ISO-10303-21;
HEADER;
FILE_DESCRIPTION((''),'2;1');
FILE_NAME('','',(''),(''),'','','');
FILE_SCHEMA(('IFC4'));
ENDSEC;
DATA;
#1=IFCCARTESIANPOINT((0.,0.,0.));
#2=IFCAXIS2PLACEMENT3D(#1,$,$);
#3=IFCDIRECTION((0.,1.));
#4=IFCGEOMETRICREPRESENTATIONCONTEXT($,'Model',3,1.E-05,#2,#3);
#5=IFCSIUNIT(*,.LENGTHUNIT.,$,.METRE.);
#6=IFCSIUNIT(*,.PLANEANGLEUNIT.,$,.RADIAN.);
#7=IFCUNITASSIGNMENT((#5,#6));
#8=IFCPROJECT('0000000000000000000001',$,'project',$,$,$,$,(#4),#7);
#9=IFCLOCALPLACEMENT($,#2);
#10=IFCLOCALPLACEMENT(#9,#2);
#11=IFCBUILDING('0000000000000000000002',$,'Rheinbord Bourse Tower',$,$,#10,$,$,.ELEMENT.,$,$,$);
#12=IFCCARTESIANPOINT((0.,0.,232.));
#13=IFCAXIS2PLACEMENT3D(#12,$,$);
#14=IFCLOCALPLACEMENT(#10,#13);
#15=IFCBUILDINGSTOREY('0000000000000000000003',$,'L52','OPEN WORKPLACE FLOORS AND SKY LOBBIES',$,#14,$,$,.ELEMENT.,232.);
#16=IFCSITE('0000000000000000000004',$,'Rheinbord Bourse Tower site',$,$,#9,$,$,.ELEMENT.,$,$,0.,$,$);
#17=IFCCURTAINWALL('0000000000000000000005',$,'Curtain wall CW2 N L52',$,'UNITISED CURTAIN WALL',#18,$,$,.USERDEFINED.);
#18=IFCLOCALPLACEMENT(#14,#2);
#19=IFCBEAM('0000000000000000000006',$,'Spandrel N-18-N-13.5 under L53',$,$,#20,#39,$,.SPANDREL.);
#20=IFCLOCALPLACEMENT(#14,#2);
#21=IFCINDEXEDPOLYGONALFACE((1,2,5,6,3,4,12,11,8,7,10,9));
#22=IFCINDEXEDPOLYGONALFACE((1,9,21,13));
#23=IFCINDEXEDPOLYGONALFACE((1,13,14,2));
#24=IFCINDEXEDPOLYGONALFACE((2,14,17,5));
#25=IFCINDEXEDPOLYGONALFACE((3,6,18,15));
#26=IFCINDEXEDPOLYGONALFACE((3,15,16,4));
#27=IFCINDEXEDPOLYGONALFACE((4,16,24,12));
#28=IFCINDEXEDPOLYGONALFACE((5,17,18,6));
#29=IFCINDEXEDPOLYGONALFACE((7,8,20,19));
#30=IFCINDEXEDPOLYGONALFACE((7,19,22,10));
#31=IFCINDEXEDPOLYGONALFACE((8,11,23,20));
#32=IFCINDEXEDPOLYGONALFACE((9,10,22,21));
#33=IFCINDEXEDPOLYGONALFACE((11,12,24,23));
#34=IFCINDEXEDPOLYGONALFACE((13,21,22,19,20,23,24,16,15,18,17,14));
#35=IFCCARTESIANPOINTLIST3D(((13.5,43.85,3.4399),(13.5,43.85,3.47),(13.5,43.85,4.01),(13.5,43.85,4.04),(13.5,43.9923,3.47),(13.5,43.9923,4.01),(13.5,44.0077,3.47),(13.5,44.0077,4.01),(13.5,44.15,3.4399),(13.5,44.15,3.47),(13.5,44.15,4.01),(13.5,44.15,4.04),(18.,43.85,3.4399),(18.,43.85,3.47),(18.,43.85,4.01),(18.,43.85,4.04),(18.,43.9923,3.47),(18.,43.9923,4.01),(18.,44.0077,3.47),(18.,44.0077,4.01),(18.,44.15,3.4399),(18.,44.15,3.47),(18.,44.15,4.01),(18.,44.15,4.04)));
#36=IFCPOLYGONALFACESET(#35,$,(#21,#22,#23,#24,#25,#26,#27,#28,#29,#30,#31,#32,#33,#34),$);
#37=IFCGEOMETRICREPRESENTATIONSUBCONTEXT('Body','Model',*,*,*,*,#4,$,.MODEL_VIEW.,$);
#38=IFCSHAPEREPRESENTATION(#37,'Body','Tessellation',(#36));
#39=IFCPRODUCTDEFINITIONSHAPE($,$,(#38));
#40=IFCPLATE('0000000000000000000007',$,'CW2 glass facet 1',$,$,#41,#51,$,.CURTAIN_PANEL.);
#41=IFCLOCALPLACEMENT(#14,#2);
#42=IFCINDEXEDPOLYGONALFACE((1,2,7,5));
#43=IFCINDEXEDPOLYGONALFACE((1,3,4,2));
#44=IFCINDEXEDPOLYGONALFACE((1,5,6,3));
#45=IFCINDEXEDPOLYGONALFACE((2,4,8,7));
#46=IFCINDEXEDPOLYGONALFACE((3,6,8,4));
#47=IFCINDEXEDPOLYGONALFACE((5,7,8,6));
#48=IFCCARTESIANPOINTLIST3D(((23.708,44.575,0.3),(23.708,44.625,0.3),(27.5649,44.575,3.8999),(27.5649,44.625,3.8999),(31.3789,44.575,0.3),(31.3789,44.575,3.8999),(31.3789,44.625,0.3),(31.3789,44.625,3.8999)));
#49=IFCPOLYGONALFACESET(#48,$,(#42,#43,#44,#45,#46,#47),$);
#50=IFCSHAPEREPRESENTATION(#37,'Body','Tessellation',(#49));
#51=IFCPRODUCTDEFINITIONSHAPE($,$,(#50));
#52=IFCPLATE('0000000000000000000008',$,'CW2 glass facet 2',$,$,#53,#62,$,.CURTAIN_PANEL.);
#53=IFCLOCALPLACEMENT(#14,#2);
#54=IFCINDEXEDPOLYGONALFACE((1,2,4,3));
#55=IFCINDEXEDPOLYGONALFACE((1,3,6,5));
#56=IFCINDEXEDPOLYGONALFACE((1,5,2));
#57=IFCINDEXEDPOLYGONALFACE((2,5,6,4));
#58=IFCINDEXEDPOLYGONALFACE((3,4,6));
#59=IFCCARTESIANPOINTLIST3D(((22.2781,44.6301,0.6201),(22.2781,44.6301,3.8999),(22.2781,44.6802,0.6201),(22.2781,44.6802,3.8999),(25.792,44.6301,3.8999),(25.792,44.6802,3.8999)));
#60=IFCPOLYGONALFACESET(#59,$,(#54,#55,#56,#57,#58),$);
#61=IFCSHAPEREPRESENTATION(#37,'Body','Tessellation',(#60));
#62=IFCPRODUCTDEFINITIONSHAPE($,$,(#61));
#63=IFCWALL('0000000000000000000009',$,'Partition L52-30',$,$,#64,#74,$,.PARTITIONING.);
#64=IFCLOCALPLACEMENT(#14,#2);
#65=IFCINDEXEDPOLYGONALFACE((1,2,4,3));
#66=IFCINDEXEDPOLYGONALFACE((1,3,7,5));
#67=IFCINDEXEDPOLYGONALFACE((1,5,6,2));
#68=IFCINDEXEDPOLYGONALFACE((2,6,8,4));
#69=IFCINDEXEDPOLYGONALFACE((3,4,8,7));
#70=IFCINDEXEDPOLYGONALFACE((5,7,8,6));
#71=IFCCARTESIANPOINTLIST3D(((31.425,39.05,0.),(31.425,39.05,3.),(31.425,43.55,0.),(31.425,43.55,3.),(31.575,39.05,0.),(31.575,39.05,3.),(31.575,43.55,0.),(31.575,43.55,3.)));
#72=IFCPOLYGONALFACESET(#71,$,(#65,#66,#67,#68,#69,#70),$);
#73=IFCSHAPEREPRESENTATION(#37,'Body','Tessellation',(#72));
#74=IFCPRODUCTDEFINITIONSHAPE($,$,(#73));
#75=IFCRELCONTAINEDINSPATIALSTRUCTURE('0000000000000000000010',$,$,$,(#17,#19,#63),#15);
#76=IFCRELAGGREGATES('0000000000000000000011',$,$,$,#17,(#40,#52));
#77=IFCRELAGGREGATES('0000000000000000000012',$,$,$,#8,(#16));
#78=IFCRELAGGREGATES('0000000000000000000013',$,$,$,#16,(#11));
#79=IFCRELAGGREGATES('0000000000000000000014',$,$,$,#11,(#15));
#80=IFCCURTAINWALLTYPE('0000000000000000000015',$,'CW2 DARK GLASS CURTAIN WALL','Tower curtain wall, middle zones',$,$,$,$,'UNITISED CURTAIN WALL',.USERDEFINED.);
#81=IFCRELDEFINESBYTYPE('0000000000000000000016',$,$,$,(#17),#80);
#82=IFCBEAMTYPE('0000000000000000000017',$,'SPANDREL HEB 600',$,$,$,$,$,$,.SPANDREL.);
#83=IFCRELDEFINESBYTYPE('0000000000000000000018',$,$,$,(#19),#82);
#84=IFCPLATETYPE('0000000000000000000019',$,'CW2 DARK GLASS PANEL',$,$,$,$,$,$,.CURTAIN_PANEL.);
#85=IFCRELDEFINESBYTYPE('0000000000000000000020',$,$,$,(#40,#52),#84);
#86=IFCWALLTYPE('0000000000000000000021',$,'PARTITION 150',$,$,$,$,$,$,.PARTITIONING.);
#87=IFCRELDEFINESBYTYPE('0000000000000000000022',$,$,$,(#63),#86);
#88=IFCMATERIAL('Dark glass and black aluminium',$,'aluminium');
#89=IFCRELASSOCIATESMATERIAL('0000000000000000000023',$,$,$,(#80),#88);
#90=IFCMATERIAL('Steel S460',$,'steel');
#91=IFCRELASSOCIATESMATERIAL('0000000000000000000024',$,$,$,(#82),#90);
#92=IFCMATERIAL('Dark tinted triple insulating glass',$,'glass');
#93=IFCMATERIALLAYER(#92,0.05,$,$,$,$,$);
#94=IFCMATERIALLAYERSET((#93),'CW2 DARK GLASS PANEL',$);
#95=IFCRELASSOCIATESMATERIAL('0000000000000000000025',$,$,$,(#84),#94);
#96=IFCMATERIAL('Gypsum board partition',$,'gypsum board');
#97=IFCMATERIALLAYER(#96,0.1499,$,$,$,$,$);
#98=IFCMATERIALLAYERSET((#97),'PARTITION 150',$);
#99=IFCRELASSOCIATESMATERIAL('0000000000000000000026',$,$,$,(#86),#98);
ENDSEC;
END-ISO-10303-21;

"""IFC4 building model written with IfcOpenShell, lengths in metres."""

from ifc_helpers import new_model, si_unit, direction, frame, frame_2d, origin, origin_2d, place, context, subcontext, project, spatial, polyline, rectangle, i_section, outline, extrude, material, layer, layer_set, material_profile, profile_set, type_object, element, aggregate, save


model = new_model("IFC4")

# Units and contexts
model_context = context("Model", 3, precision=1e-05, world=origin(), true_north=direction((0.0, 1.0)))
body_context = subcontext(model_context, "Body", "Model", "MODEL_VIEW")
ifc_project = project(units=[si_unit("LENGTHUNIT", "METRE"), si_unit("PLANEANGLEUNIT", "RADIAN")], contexts=[model_context])

# Site, building, storey
site_placement = place(None, origin())
site = spatial("IfcSite", under=ifc_project, at=site_placement, Name="Rheinbord Bourse Tower site", CompositionType="ELEMENT", RefElevation=0.0)
building_placement = place(site_placement, origin())
building = spatial("IfcBuilding", under=site, at=building_placement, Name="Rheinbord Bourse Tower", CompositionType="ELEMENT")
storey_placement = place(building_placement, frame((0.0, 0.0, 232.0)))
storey = spatial("IfcBuildingStorey", under=building, at=storey_placement, Name="L52", Description="OPEN WORKPLACE FLOORS AND SKY LOBBIES", CompositionType="ELEMENT", Elevation=232.0)

# Curtain wall
ifc_material_1 = material(Name="Dark glass and black aluminium", Category="aluminium")
curtain_wall_type = type_object("IfcCurtainWallType", Name="CW2 DARK GLASS CURTAIN WALL", Description="Tower curtain wall, middle zones", ElementType="UNITISED CURTAIN WALL", PredefinedType="USERDEFINED", material=ifc_material_1)
curtain_wall_placement = place(storey_placement, origin())
curtain_wall = element("IfcCurtainWall", 1, at=curtain_wall_placement, inside=storey, type_object=curtain_wall_type, Name="Curtain wall CW2 N L52", ObjectType="UNITISED CURTAIN WALL", PredefinedType="USERDEFINED")

# Beam
ifc_material_2 = material(Name="Steel S460", Category="steel")
ifc_material_profile_1 = material_profile(ifc_material_2, i_section(OverallWidth=0.3, OverallDepth=0.6001, WebThickness=0.0154, FlangeThickness=0.03, at=origin_2d()), Name="HEB 600")
ifc_profile_set_1 = profile_set([ifc_material_profile_1], Name="Steel S460")
beam_type_1 = type_object("IfcBeamType", Name="SPANDREL HEB 600", PredefinedType="SPANDREL", material=ifc_profile_set_1)
for number, where, z_axis, x_axis, name in (
    (2, (18.0, 44.0, 3.74), (-1.0, 0.0, 0.0), (0.0, -1.0, 0.0), "Spandrel N-18-N-13.5 under L53"),
):
    element("IfcBeam", number, at=place(storey_placement, frame(where, z_axis=z_axis, x_axis=x_axis)), inside=storey, type_object=beam_type_1, Name=name, PredefinedType="SPANDREL", context=body_context, shape_type="SweptSolid", body=[
        extrude(i_section(OverallWidth=0.3, OverallDepth=0.6001, WebThickness=0.0154, FlangeThickness=0.03, at=origin_2d()), origin(), (0.0, 0.0, 1.0), 4.5),
    ])

# Plates
ifc_material_3 = material(Name="Dark tinted triple insulating glass", Category="glass")
ifc_layer_1 = layer(ifc_material_3, 0.05)
ifc_layer_set_1 = layer_set([ifc_layer_1], Name="CW2 DARK GLASS PANEL")
plate_type = type_object("IfcPlateType", Name="CW2 DARK GLASS PANEL", PredefinedType="CURTAIN_PANEL", material=ifc_layer_set_1)
plate_1_placement = place(storey_placement, frame((31.3789, 44.625, 0.3), z_axis=(0.0, -1.0, 0.0), x_axis=(0.0, 0.0, 1.0)))
plate_1 = element("IfcPlate", 3, at=plate_1_placement, type_object=plate_type, Name="CW2 glass facet 1", PredefinedType="CURTAIN_PANEL", context=body_context, shape_type="SweptSolid", body=[
    extrude(outline(polyline([(0.0, 0.0), (3.5999, 0.0), (3.5999, 3.814), (0.0, 7.6709), (0.0, 0.0)])), origin(), (0.0, 0.0, 1.0), 0.05),
])
plate_2_placement = place(storey_placement, frame((22.2781, 44.6802, 3.8999), z_axis=(0.0, -1.0, 0.0), x_axis=(0.0, 0.0, -1.0)))
plate_2 = element("IfcPlate", 4, at=plate_2_placement, type_object=plate_type, Name="CW2 glass facet 2", PredefinedType="CURTAIN_PANEL", context=body_context, shape_type="SweptSolid", body=[
    extrude(outline(polyline([(0.0, 0.0), (3.2798, 0.0), (0.0, 3.5139), (0.0, 0.0)])), origin(), (0.0, 0.0, 1.0), 0.05),
])
aggregate(curtain_wall, [plate_1, plate_2])

# Wall
ifc_material_4 = material(Name="Gypsum board partition", Category="gypsum board")
ifc_layer_2 = layer(ifc_material_4, 0.1499)
ifc_layer_set_2 = layer_set([ifc_layer_2], Name="PARTITION 150")
wall_type = type_object("IfcWallType", Name="PARTITION 150", PredefinedType="PARTITIONING", material=ifc_layer_set_2)
wall_placement = place(storey_placement, frame((31.5, 39.05, 0.0), z_axis=(0.0, 0.0, 1.0), x_axis=(0.0, 1.0, 0.0)))
element("IfcWall", 5, at=wall_placement, inside=storey, type_object=wall_type, Name="Partition L52-30", PredefinedType="PARTITIONING", context=body_context, shape_type="SweptSolid", body=[
    extrude(rectangle(XDim=4.5, YDim=0.1499, at=frame_2d((2.25, 0.0))), origin(), (0.0, 0.0, 1.0), 3.0),
])

save(model, "model.ifc")
